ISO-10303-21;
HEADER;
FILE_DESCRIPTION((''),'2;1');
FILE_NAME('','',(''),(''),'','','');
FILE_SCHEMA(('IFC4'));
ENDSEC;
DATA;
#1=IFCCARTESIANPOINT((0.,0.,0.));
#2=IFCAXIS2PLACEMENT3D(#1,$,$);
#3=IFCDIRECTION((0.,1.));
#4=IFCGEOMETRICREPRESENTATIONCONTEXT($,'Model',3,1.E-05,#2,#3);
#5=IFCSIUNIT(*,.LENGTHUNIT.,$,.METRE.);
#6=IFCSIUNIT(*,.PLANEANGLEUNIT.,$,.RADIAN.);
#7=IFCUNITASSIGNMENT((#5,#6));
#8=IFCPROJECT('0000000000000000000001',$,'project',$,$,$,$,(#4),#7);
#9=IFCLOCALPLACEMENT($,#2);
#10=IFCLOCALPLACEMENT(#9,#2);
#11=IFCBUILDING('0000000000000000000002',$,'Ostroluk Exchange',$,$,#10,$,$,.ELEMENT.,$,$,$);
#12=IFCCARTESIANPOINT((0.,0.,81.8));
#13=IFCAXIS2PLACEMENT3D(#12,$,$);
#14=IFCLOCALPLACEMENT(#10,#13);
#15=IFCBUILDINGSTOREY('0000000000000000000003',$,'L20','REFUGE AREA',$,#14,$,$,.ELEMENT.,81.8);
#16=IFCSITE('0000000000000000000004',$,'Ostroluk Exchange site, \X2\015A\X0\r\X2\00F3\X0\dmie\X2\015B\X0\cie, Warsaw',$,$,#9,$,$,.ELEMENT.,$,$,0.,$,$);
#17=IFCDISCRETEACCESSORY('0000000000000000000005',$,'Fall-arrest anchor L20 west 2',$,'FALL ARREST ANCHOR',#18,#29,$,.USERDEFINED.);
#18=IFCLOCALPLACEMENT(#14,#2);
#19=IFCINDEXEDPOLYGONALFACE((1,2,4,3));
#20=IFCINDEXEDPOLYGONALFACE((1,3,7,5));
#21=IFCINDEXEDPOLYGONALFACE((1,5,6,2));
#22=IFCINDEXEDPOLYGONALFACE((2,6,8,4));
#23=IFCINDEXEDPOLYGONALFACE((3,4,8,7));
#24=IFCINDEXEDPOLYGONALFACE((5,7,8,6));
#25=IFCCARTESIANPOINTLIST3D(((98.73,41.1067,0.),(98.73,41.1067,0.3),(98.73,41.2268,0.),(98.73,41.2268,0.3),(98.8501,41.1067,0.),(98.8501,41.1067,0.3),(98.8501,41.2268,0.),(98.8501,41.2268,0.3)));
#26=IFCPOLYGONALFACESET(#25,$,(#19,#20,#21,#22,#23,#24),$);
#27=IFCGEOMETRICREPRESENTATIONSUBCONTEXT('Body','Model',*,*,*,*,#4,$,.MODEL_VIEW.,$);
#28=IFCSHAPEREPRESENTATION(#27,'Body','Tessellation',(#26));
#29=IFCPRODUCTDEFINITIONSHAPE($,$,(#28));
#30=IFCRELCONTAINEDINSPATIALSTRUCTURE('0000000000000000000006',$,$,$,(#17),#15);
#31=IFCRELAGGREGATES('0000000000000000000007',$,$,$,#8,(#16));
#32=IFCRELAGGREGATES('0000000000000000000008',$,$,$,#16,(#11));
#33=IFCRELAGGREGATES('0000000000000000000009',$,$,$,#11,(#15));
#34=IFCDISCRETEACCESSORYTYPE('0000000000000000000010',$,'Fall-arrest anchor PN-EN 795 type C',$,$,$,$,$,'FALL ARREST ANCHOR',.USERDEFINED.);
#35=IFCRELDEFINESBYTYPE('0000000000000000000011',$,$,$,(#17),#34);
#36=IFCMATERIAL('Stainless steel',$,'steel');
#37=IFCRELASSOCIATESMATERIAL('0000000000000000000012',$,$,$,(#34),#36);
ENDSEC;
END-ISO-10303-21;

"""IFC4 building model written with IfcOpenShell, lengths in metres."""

from ifc_helpers import new_model, si_unit, direction, frame, origin, origin_2d, place, context, subcontext, project, spatial, rectangle, extrude, material, type_object, element, save


model = new_model("IFC4")

# Units and contexts
model_context = context("Model", 3, precision=1e-05, world=origin(), true_north=direction((0.0, 1.0)))
body_context = subcontext(model_context, "Body", "Model", "MODEL_VIEW")
ifc_project = project(units=[si_unit("LENGTHUNIT", "METRE"), si_unit("PLANEANGLEUNIT", "RADIAN")], contexts=[model_context])

# Site, building, storey
site_placement = place(None, origin())
site = spatial("IfcSite", under=ifc_project, at=site_placement, Name="Ostroluk Exchange site, Śródmieście, Warsaw", CompositionType="ELEMENT", RefElevation=0.0)
building_placement = place(site_placement, origin())
building = spatial("IfcBuilding", under=site, at=building_placement, Name="Ostroluk Exchange", CompositionType="ELEMENT")
storey_placement = place(building_placement, frame((0.0, 0.0, 81.8)))
storey = spatial("IfcBuildingStorey", under=building, at=storey_placement, Name="L20", Description="REFUGE AREA", CompositionType="ELEMENT", Elevation=81.8)

# Discrete accessory
ifc_material_1 = material(Name="Stainless steel", Category="steel")
discrete_accessory_type = type_object("IfcDiscreteAccessoryType", Name="Fall-arrest anchor PN-EN 795 type C", ElementType="FALL ARREST ANCHOR", PredefinedType="USERDEFINED", material=ifc_material_1)
for number, where, z_axis, x_axis, name in (
    (1, (98.79, 41.1667, 0.0), (0.0, 0.0, 1.0), (1.0, 0.0, 0.0), "Fall-arrest anchor L20 west 2"),
):
    element("IfcDiscreteAccessory", number, at=place(storey_placement, frame(where, z_axis=z_axis, x_axis=x_axis)), inside=storey, type_object=discrete_accessory_type, Name=name, ObjectType="FALL ARREST ANCHOR", PredefinedType="USERDEFINED", context=body_context, shape_type="SweptSolid", body=[
        extrude(rectangle(XDim=0.1201, YDim=0.1201, at=origin_2d()), origin(), (0.0, 0.0, 1.0), 0.3),
    ])

save(model, "model.ifc")
